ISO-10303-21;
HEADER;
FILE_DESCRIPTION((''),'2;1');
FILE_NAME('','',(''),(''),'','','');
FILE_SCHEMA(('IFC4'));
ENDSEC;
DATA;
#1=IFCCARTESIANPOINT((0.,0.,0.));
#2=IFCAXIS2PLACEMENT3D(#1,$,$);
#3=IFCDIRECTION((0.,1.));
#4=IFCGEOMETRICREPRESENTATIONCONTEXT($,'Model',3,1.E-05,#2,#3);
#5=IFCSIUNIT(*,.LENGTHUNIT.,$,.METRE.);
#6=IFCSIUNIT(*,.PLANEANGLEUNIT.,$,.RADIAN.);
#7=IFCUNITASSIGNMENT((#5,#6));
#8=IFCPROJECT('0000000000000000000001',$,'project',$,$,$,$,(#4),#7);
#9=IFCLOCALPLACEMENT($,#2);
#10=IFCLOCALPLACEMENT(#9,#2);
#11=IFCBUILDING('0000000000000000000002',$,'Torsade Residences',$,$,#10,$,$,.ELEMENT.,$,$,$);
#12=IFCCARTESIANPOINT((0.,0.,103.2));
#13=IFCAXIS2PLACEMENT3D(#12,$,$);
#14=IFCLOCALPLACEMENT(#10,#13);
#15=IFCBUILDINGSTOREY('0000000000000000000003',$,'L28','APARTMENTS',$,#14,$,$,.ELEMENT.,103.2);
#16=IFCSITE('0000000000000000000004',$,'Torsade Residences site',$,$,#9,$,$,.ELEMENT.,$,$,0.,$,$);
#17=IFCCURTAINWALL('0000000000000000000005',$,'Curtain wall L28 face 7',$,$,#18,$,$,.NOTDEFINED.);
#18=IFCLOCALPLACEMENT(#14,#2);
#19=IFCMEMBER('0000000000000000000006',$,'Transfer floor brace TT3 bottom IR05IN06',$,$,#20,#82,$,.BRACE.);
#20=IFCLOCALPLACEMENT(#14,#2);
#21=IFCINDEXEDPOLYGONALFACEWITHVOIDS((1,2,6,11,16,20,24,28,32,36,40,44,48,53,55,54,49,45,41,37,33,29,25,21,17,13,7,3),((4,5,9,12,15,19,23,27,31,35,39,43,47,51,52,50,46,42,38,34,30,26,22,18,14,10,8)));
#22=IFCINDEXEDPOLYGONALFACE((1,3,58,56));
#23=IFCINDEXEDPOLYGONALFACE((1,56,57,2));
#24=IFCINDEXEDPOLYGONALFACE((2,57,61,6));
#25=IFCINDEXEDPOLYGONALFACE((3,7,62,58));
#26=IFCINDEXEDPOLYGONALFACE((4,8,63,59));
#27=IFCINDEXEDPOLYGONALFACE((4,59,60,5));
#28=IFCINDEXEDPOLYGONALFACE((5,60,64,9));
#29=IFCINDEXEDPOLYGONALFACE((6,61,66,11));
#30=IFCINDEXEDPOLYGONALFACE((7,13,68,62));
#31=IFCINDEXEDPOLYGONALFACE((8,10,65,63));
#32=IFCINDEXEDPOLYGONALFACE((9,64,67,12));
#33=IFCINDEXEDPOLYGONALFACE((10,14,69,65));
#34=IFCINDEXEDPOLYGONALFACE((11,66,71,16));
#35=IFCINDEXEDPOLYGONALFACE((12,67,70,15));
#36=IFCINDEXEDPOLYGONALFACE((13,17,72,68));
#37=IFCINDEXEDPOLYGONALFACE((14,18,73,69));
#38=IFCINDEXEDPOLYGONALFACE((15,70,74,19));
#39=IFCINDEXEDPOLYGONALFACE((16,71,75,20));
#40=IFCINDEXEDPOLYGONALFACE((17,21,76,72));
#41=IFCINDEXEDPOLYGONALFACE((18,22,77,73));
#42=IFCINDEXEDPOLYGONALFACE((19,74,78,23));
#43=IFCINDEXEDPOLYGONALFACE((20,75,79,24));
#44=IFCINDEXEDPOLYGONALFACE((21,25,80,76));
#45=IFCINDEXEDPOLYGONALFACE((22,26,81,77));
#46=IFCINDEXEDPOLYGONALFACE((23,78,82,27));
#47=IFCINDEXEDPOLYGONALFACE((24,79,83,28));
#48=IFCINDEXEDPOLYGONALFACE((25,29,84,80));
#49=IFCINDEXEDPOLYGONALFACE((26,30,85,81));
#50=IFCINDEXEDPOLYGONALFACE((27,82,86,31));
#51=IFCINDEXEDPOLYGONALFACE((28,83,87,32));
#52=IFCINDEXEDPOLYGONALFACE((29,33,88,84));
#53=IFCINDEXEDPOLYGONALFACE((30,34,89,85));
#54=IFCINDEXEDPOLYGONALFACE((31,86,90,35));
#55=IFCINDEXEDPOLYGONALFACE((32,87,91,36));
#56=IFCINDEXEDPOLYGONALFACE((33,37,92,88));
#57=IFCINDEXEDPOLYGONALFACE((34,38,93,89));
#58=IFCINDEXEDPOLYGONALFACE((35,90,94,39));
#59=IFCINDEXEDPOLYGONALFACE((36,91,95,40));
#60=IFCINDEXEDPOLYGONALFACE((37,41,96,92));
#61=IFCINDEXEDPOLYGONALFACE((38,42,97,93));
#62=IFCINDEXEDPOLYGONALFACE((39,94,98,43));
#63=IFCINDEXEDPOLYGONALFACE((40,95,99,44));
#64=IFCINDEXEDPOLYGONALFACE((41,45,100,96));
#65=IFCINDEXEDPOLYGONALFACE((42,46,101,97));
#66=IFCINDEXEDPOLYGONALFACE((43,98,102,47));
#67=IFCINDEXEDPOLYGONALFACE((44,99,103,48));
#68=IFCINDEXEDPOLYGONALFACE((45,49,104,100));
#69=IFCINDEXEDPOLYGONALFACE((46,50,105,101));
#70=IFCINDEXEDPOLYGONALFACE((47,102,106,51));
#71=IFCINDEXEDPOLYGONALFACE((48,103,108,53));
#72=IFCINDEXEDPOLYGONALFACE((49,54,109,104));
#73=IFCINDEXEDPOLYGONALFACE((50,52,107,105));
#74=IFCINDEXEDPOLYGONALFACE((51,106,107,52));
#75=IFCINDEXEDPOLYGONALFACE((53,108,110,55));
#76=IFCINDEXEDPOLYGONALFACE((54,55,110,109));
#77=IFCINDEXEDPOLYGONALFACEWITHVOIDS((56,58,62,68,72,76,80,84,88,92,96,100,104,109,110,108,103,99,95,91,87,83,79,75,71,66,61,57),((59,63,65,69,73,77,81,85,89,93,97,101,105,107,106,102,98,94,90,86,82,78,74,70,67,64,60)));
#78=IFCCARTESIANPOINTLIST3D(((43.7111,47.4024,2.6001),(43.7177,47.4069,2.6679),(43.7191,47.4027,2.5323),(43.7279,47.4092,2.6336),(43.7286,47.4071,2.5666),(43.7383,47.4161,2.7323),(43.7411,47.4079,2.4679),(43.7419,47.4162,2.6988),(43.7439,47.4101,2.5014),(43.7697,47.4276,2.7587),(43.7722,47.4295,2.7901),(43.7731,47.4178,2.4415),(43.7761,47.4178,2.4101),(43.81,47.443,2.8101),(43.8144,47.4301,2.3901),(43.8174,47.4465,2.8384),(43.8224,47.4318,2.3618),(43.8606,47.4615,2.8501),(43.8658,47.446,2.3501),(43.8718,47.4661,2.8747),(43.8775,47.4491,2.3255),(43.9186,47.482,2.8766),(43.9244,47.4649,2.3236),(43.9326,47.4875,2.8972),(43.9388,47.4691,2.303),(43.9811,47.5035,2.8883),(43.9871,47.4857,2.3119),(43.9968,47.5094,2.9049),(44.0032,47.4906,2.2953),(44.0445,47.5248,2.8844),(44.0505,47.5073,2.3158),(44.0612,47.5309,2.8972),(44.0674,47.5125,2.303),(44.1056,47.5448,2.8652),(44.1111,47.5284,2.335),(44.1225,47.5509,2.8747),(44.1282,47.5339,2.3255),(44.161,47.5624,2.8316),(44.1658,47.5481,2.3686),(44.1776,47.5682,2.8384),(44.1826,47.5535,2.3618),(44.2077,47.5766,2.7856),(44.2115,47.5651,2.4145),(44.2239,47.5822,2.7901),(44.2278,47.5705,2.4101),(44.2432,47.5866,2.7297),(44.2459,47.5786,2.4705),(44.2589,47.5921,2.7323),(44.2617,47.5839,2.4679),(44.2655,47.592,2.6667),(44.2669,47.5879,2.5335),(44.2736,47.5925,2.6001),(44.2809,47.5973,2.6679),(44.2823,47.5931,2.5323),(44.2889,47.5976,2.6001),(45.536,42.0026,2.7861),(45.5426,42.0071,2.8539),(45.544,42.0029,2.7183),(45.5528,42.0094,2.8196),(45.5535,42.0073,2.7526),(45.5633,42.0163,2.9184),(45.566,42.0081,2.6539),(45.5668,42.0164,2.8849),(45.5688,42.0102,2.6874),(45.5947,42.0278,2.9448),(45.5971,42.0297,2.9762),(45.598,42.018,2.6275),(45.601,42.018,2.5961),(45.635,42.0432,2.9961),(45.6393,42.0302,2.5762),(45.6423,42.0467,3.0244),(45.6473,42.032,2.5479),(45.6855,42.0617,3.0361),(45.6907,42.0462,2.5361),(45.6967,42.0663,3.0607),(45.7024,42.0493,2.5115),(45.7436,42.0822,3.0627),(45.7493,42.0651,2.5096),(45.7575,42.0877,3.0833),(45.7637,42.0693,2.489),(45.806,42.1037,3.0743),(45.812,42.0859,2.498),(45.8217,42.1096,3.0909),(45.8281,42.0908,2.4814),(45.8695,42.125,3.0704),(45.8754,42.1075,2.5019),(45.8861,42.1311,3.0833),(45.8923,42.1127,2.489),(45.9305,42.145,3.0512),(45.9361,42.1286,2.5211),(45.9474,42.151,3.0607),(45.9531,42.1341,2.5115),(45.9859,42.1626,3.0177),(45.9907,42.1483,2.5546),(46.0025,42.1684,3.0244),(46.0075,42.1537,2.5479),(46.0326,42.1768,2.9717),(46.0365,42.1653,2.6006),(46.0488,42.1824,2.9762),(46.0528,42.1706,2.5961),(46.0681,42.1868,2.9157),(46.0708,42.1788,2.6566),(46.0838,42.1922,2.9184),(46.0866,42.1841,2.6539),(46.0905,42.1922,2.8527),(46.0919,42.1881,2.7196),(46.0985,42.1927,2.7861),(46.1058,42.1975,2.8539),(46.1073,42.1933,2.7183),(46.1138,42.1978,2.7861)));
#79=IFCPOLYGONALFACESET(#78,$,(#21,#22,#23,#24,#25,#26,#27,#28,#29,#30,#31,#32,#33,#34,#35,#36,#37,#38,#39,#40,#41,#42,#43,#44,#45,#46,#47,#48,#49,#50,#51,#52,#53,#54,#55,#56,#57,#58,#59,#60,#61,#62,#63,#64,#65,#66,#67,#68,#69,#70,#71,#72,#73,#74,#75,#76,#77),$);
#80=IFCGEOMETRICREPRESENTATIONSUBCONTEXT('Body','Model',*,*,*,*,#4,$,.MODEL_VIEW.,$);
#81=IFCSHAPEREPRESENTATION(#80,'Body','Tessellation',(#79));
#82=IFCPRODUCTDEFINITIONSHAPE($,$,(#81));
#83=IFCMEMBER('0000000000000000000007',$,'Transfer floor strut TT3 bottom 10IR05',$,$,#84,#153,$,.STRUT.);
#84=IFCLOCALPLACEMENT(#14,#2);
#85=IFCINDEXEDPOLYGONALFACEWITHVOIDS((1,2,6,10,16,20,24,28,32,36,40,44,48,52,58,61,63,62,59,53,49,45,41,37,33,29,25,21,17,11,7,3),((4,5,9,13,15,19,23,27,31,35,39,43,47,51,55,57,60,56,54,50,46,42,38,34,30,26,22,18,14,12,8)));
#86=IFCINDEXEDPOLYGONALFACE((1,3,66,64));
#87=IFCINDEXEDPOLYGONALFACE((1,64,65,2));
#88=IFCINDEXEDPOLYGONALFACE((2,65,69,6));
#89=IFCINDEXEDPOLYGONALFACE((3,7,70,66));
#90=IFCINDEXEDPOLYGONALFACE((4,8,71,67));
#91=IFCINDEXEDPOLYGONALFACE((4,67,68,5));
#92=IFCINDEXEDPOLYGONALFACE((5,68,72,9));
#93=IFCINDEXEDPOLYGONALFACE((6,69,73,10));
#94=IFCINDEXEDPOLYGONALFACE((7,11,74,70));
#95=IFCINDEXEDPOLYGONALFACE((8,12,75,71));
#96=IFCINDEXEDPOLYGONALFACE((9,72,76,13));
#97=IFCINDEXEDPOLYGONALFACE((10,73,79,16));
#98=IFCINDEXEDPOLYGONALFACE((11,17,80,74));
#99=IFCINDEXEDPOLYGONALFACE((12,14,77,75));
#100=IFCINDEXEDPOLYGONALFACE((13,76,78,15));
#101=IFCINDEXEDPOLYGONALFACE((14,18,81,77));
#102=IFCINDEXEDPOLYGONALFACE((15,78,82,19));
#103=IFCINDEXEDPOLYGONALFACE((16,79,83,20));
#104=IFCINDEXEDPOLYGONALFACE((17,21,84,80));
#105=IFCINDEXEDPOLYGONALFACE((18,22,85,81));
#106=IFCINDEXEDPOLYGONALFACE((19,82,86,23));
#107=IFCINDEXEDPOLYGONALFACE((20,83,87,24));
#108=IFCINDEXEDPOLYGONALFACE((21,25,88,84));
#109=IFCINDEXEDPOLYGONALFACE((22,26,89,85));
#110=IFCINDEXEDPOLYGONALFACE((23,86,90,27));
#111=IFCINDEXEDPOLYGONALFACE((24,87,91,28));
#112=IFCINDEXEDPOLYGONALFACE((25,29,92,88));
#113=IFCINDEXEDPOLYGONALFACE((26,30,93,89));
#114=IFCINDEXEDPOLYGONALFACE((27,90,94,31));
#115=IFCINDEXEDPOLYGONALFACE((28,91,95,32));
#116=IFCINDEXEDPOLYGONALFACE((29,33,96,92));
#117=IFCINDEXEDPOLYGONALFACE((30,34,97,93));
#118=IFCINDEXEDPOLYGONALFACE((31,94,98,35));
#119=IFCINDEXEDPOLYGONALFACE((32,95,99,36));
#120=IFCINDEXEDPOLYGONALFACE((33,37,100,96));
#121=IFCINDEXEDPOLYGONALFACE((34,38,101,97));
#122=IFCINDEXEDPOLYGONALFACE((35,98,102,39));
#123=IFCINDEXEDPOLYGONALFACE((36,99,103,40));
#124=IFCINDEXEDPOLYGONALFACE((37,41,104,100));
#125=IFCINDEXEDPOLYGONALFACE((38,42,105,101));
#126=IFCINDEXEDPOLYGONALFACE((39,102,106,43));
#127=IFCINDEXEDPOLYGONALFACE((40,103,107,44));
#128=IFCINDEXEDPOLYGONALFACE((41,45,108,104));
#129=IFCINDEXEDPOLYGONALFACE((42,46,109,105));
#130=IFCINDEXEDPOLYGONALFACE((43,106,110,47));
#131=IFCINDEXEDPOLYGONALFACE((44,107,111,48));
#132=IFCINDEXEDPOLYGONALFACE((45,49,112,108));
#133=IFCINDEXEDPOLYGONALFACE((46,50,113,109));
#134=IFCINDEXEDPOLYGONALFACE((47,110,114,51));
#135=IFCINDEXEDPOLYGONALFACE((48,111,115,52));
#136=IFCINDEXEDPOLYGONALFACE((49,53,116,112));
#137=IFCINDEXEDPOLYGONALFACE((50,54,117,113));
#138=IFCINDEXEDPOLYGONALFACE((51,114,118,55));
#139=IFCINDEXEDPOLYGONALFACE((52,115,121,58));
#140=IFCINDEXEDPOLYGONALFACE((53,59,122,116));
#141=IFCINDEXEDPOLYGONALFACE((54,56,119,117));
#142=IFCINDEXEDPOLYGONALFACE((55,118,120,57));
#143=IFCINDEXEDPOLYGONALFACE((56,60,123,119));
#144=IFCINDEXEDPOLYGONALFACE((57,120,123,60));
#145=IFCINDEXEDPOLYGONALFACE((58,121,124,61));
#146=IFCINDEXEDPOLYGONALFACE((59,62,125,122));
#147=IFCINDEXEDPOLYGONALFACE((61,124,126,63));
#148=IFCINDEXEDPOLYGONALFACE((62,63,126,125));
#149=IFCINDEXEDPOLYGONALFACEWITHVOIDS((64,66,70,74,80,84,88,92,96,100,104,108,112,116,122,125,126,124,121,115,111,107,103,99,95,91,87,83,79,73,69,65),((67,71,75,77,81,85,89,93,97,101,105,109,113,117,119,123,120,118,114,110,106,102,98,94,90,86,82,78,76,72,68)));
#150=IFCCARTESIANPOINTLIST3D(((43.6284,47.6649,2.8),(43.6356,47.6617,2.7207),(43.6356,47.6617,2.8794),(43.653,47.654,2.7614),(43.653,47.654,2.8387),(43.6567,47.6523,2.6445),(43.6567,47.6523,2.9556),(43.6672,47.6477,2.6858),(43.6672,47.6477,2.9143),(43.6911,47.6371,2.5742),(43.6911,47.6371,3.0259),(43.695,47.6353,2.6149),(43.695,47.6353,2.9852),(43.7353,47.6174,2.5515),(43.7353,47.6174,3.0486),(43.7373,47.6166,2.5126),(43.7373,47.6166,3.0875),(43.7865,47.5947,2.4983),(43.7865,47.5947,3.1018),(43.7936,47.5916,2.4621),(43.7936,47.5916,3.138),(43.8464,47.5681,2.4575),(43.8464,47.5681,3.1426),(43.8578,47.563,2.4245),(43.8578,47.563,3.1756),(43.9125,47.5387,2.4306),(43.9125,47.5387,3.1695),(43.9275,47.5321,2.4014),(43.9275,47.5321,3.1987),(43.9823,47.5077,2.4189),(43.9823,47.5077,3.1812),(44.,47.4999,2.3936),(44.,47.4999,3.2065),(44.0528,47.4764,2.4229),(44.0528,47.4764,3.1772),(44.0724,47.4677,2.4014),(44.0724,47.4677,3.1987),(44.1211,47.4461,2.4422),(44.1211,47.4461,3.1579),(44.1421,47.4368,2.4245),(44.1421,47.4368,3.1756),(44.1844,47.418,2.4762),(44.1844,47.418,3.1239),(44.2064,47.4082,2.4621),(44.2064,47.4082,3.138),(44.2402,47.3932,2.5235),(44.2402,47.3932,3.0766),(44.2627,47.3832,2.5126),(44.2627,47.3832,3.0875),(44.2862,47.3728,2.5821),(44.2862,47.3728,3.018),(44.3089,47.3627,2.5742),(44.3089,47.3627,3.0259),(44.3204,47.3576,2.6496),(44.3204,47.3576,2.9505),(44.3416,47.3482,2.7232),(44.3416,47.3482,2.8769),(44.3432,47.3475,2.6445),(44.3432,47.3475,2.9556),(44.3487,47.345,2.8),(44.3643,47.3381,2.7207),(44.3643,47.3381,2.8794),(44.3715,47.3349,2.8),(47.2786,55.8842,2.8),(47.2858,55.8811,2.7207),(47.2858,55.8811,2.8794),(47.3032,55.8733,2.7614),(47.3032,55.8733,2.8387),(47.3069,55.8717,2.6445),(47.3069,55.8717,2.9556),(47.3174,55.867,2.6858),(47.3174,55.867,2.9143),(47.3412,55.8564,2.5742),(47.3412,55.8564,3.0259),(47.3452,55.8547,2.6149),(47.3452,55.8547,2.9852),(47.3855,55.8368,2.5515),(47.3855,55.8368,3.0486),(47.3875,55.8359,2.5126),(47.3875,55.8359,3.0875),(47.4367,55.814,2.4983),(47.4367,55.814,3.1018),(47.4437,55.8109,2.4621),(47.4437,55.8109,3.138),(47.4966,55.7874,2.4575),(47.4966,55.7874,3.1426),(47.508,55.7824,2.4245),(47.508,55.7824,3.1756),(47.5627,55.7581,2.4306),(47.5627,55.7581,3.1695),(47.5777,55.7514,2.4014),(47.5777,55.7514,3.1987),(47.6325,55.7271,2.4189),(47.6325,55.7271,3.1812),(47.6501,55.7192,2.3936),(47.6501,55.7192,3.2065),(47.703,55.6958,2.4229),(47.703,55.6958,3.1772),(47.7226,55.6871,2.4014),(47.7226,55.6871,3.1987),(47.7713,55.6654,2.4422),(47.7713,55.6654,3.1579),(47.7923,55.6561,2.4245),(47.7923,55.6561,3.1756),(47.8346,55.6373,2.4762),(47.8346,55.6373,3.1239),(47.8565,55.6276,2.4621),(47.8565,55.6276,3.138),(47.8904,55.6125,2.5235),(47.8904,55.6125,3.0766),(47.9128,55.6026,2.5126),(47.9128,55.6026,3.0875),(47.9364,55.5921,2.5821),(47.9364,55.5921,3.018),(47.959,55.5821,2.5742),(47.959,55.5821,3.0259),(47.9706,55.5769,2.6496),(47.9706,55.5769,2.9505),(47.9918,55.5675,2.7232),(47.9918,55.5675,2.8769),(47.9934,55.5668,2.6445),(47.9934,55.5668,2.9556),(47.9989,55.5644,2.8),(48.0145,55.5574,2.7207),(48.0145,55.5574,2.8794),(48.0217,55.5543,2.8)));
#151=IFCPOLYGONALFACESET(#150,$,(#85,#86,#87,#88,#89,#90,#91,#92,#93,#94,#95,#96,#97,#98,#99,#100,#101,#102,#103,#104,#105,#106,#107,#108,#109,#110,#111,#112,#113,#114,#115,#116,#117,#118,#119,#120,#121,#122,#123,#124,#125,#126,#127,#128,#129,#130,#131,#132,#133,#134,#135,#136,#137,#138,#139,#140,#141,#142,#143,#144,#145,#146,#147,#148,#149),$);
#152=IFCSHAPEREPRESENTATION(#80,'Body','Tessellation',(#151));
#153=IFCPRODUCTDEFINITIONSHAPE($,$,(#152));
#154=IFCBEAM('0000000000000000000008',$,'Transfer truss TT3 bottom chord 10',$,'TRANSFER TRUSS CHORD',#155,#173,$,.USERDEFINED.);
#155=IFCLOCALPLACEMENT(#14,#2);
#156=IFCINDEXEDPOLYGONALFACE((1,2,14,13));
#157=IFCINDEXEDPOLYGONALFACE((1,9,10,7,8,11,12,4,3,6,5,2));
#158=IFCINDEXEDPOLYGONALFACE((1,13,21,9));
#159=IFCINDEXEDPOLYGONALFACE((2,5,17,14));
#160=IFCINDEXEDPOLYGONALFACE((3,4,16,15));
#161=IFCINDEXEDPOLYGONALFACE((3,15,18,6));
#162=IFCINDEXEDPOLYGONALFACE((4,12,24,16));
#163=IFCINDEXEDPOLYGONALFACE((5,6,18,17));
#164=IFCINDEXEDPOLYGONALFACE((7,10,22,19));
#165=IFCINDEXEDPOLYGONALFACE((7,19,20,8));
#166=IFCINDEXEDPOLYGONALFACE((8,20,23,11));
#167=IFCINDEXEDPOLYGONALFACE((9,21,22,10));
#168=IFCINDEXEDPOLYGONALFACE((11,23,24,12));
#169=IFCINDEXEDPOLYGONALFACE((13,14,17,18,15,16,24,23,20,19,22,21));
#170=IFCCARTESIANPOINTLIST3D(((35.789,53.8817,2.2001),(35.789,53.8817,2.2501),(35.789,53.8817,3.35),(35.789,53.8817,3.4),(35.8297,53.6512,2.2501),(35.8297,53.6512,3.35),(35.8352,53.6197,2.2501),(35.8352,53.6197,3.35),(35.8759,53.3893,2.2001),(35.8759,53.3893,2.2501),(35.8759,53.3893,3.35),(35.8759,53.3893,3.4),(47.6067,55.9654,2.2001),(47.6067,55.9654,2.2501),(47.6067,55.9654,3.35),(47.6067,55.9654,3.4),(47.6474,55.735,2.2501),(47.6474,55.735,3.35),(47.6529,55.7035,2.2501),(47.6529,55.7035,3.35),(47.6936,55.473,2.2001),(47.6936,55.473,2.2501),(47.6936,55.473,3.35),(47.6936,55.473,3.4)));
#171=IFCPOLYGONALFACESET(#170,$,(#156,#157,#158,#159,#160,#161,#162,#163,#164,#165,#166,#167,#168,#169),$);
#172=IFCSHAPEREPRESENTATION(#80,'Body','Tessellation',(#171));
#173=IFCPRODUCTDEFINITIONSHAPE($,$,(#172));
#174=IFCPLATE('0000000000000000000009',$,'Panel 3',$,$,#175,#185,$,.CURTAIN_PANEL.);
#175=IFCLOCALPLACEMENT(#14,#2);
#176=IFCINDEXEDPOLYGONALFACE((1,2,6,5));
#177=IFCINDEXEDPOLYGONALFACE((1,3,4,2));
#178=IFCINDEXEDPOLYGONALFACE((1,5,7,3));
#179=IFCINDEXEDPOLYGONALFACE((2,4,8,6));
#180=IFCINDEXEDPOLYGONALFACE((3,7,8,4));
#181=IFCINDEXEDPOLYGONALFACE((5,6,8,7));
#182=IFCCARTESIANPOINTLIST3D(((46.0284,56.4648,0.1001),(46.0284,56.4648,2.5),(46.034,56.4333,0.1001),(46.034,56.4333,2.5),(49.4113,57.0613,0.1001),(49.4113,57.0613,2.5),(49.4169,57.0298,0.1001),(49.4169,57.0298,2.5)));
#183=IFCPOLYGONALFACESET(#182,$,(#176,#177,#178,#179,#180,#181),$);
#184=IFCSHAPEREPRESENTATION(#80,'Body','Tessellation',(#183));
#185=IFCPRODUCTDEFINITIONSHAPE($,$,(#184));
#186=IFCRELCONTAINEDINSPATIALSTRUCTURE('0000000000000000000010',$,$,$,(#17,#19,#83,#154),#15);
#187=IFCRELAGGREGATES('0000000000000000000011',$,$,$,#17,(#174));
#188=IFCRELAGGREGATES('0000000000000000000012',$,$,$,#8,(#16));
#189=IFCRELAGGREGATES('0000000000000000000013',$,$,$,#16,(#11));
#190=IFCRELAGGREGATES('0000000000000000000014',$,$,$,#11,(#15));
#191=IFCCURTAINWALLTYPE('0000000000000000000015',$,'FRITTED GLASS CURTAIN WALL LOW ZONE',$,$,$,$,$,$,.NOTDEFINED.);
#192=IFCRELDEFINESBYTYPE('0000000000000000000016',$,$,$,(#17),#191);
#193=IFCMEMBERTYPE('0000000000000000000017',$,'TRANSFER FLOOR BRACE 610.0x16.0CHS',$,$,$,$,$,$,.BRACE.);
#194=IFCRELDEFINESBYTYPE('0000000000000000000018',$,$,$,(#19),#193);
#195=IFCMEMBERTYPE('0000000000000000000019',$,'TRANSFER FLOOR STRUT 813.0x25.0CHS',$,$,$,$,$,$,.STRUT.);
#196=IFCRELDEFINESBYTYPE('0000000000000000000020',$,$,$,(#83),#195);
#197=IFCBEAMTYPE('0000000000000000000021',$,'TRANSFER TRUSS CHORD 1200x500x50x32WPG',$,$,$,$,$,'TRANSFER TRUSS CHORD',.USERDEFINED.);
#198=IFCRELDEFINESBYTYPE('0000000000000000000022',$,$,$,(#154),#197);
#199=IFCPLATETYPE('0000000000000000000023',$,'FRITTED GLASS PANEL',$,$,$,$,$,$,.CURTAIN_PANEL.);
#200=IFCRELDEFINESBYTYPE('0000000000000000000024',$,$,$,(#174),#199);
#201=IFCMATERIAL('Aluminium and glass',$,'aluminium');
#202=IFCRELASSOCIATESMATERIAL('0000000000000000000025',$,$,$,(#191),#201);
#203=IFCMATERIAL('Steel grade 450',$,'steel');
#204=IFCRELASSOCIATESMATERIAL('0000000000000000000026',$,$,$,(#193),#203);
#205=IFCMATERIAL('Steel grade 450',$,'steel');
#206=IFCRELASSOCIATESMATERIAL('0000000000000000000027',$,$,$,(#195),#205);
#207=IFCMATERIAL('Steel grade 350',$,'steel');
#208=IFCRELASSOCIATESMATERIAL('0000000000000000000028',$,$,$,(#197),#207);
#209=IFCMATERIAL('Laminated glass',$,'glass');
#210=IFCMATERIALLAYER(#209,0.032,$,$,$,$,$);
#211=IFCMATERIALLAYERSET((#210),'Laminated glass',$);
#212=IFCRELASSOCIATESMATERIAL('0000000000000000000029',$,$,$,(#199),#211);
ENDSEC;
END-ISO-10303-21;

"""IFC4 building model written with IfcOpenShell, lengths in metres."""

from ifc_helpers import new_model, si_unit, direction, frame, origin, origin_2d, place, context, subcontext, project, spatial, rectangle, hollow_circle, i_section, extrude, material, layer, layer_set, material_profile, profile_set, type_object, element, aggregate, save


model = new_model("IFC4")

# Units and contexts
model_context = context("Model", 3, precision=1e-05, world=origin(), true_north=direction((0.0, 1.0)))
body_context = subcontext(model_context, "Body", "Model", "MODEL_VIEW")
ifc_project = project(units=[si_unit("LENGTHUNIT", "METRE"), si_unit("PLANEANGLEUNIT", "RADIAN")], contexts=[model_context])

# Site, building, storey
site_placement = place(None, origin())
site = spatial("IfcSite", under=ifc_project, at=site_placement, Name="Torsade Residences site", CompositionType="ELEMENT", RefElevation=0.0)
building_placement = place(site_placement, origin())
building = spatial("IfcBuilding", under=site, at=building_placement, Name="Torsade Residences", CompositionType="ELEMENT")
storey_placement = place(building_placement, frame((0.0, 0.0, 103.2)))
storey = spatial("IfcBuildingStorey", under=building, at=storey_placement, Name="L28", Description="APARTMENTS", CompositionType="ELEMENT", Elevation=103.2)

# Curtain wall
ifc_material_1 = material(Name="Aluminium and glass", Category="aluminium")
curtain_wall_type = type_object("IfcCurtainWallType", Name="FRITTED GLASS CURTAIN WALL LOW ZONE", PredefinedType="NOTDEFINED", material=ifc_material_1)
curtain_wall_placement = place(storey_placement, origin())
curtain_wall = element("IfcCurtainWall", 1, at=curtain_wall_placement, inside=storey, type_object=curtain_wall_type, Name="Curtain wall L28 face 7", PredefinedType="NOTDEFINED")

# Members
ifc_material_2 = material(Name="Steel grade 450", Category="steel")
ifc_material_profile_1 = material_profile(ifc_material_2, hollow_circle(Radius=0.3049, WallThickness=0.0161, at=origin_2d()), Name="610.0x16.0CHS")
ifc_profile_set_1 = profile_set([ifc_material_profile_1], Name="Steel grade 450")
member_type_1 = type_object("IfcMemberType", Name="TRANSFER FLOOR BRACE 610.0x16.0CHS", PredefinedType="BRACE", material=ifc_profile_set_1)
member_1_placement = place(storey_placement, frame((44.0, 47.5, 2.6001), z_axis=(0.319999, -0.946856, 0.032621), x_axis=(0.94736, 0.32017, 0.0)))
element("IfcMember", 2, at=member_1_placement, inside=storey, type_object=member_type_1, Name="Transfer floor brace TT3 bottom IR05IN06", PredefinedType="BRACE", context=body_context, shape_type="SweptSolid", body=[
    extrude(hollow_circle(Radius=0.3049, WallThickness=0.0161, at=origin_2d()), origin(), (0.0, 0.0, 1.0), 5.7029),
])
ifc_material_3 = material(Name="Steel grade 450", Category="steel")
ifc_material_profile_2 = material_profile(ifc_material_3, hollow_circle(Radius=0.4065, WallThickness=0.0249, at=origin_2d()), Name="813.0x25.0CHS")
ifc_profile_set_2 = profile_set([ifc_material_profile_2], Name="Steel grade 450")
member_type_2 = type_object("IfcMemberType", Name="TRANSFER FLOOR STRUT 813.0x25.0CHS", PredefinedType="STRUT", material=ifc_profile_set_2)
member_2_placement = place(storey_placement, frame((47.6501, 55.7192, 2.8), z_axis=(-0.405874, -0.913929, 0.0), x_axis=(0.913929, -0.405874, 0.0)))
element("IfcMember", 3, at=member_2_placement, inside=storey, type_object=member_type_2, Name="Transfer floor strut TT3 bottom 10IR05", PredefinedType="STRUT", context=body_context, shape_type="SweptSolid", body=[
    extrude(hollow_circle(Radius=0.4065, WallThickness=0.0249, at=origin_2d()), origin(), (0.0, 0.0, 1.0), 8.9934),
])

# Beam
ifc_material_4 = material(Name="Steel grade 350", Category="steel")
ifc_material_profile_3 = material_profile(ifc_material_4, i_section(OverallWidth=0.5, OverallDepth=1.2, WebThickness=0.032, FlangeThickness=0.05, at=origin_2d()), Name="1200x500x50x32WPG")
ifc_profile_set_3 = profile_set([ifc_material_profile_3], Name="Steel grade 350")
beam_type_1 = type_object("IfcBeamType", Name="TRANSFER TRUSS CHORD 1200x500x50x32WPG", ElementType="TRANSFER TRUSS CHORD", PredefinedType="USERDEFINED", material=ifc_profile_set_3)
beam_1_placement = place(storey_placement, frame((47.6501, 55.7192, 2.8), z_axis=(-0.984808, -0.173646, 0.0), x_axis=(0.173646, -0.984808, 0.0)))
element("IfcBeam", 4, at=beam_1_placement, inside=storey, type_object=beam_type_1, Name="Transfer truss TT3 bottom chord 10", ObjectType="TRANSFER TRUSS CHORD", PredefinedType="USERDEFINED", context=body_context, shape_type="SweptSolid", body=[
    extrude(i_section(OverallWidth=0.5, OverallDepth=1.2, WebThickness=0.032, FlangeThickness=0.05, at=origin_2d()), origin(), (0.0, 0.0, 1.0), 12.0),
])

# Plate
ifc_material_5 = material(Name="Laminated glass", Category="glass")
ifc_layer_1 = layer(ifc_material_5, 0.032)
ifc_layer_set_1 = layer_set([ifc_layer_1], Name="Laminated glass")
plate_type_1 = type_object("IfcPlateType", Name="FRITTED GLASS PANEL", PredefinedType="CURTAIN_PANEL", material=ifc_layer_set_1)
plate_1_placement = place(storey_placement, frame((47.7227, 56.7473, 0.1001), z_axis=(0.0, 0.0, 1.0), x_axis=(-0.984808, -0.173648, 0.0)))
plate_1 = element("IfcPlate", 5, at=plate_1_placement, type_object=plate_type_1, Name="Panel 3", PredefinedType="CURTAIN_PANEL", context=body_context, shape_type="SweptSolid", body=[
    extrude(rectangle(XDim=3.4351, YDim=0.032, at=origin_2d()), origin(), (0.0, 0.0, 1.0), 2.3999),
])
aggregate(curtain_wall, [plate_1])

save(model, "model.ifc")
